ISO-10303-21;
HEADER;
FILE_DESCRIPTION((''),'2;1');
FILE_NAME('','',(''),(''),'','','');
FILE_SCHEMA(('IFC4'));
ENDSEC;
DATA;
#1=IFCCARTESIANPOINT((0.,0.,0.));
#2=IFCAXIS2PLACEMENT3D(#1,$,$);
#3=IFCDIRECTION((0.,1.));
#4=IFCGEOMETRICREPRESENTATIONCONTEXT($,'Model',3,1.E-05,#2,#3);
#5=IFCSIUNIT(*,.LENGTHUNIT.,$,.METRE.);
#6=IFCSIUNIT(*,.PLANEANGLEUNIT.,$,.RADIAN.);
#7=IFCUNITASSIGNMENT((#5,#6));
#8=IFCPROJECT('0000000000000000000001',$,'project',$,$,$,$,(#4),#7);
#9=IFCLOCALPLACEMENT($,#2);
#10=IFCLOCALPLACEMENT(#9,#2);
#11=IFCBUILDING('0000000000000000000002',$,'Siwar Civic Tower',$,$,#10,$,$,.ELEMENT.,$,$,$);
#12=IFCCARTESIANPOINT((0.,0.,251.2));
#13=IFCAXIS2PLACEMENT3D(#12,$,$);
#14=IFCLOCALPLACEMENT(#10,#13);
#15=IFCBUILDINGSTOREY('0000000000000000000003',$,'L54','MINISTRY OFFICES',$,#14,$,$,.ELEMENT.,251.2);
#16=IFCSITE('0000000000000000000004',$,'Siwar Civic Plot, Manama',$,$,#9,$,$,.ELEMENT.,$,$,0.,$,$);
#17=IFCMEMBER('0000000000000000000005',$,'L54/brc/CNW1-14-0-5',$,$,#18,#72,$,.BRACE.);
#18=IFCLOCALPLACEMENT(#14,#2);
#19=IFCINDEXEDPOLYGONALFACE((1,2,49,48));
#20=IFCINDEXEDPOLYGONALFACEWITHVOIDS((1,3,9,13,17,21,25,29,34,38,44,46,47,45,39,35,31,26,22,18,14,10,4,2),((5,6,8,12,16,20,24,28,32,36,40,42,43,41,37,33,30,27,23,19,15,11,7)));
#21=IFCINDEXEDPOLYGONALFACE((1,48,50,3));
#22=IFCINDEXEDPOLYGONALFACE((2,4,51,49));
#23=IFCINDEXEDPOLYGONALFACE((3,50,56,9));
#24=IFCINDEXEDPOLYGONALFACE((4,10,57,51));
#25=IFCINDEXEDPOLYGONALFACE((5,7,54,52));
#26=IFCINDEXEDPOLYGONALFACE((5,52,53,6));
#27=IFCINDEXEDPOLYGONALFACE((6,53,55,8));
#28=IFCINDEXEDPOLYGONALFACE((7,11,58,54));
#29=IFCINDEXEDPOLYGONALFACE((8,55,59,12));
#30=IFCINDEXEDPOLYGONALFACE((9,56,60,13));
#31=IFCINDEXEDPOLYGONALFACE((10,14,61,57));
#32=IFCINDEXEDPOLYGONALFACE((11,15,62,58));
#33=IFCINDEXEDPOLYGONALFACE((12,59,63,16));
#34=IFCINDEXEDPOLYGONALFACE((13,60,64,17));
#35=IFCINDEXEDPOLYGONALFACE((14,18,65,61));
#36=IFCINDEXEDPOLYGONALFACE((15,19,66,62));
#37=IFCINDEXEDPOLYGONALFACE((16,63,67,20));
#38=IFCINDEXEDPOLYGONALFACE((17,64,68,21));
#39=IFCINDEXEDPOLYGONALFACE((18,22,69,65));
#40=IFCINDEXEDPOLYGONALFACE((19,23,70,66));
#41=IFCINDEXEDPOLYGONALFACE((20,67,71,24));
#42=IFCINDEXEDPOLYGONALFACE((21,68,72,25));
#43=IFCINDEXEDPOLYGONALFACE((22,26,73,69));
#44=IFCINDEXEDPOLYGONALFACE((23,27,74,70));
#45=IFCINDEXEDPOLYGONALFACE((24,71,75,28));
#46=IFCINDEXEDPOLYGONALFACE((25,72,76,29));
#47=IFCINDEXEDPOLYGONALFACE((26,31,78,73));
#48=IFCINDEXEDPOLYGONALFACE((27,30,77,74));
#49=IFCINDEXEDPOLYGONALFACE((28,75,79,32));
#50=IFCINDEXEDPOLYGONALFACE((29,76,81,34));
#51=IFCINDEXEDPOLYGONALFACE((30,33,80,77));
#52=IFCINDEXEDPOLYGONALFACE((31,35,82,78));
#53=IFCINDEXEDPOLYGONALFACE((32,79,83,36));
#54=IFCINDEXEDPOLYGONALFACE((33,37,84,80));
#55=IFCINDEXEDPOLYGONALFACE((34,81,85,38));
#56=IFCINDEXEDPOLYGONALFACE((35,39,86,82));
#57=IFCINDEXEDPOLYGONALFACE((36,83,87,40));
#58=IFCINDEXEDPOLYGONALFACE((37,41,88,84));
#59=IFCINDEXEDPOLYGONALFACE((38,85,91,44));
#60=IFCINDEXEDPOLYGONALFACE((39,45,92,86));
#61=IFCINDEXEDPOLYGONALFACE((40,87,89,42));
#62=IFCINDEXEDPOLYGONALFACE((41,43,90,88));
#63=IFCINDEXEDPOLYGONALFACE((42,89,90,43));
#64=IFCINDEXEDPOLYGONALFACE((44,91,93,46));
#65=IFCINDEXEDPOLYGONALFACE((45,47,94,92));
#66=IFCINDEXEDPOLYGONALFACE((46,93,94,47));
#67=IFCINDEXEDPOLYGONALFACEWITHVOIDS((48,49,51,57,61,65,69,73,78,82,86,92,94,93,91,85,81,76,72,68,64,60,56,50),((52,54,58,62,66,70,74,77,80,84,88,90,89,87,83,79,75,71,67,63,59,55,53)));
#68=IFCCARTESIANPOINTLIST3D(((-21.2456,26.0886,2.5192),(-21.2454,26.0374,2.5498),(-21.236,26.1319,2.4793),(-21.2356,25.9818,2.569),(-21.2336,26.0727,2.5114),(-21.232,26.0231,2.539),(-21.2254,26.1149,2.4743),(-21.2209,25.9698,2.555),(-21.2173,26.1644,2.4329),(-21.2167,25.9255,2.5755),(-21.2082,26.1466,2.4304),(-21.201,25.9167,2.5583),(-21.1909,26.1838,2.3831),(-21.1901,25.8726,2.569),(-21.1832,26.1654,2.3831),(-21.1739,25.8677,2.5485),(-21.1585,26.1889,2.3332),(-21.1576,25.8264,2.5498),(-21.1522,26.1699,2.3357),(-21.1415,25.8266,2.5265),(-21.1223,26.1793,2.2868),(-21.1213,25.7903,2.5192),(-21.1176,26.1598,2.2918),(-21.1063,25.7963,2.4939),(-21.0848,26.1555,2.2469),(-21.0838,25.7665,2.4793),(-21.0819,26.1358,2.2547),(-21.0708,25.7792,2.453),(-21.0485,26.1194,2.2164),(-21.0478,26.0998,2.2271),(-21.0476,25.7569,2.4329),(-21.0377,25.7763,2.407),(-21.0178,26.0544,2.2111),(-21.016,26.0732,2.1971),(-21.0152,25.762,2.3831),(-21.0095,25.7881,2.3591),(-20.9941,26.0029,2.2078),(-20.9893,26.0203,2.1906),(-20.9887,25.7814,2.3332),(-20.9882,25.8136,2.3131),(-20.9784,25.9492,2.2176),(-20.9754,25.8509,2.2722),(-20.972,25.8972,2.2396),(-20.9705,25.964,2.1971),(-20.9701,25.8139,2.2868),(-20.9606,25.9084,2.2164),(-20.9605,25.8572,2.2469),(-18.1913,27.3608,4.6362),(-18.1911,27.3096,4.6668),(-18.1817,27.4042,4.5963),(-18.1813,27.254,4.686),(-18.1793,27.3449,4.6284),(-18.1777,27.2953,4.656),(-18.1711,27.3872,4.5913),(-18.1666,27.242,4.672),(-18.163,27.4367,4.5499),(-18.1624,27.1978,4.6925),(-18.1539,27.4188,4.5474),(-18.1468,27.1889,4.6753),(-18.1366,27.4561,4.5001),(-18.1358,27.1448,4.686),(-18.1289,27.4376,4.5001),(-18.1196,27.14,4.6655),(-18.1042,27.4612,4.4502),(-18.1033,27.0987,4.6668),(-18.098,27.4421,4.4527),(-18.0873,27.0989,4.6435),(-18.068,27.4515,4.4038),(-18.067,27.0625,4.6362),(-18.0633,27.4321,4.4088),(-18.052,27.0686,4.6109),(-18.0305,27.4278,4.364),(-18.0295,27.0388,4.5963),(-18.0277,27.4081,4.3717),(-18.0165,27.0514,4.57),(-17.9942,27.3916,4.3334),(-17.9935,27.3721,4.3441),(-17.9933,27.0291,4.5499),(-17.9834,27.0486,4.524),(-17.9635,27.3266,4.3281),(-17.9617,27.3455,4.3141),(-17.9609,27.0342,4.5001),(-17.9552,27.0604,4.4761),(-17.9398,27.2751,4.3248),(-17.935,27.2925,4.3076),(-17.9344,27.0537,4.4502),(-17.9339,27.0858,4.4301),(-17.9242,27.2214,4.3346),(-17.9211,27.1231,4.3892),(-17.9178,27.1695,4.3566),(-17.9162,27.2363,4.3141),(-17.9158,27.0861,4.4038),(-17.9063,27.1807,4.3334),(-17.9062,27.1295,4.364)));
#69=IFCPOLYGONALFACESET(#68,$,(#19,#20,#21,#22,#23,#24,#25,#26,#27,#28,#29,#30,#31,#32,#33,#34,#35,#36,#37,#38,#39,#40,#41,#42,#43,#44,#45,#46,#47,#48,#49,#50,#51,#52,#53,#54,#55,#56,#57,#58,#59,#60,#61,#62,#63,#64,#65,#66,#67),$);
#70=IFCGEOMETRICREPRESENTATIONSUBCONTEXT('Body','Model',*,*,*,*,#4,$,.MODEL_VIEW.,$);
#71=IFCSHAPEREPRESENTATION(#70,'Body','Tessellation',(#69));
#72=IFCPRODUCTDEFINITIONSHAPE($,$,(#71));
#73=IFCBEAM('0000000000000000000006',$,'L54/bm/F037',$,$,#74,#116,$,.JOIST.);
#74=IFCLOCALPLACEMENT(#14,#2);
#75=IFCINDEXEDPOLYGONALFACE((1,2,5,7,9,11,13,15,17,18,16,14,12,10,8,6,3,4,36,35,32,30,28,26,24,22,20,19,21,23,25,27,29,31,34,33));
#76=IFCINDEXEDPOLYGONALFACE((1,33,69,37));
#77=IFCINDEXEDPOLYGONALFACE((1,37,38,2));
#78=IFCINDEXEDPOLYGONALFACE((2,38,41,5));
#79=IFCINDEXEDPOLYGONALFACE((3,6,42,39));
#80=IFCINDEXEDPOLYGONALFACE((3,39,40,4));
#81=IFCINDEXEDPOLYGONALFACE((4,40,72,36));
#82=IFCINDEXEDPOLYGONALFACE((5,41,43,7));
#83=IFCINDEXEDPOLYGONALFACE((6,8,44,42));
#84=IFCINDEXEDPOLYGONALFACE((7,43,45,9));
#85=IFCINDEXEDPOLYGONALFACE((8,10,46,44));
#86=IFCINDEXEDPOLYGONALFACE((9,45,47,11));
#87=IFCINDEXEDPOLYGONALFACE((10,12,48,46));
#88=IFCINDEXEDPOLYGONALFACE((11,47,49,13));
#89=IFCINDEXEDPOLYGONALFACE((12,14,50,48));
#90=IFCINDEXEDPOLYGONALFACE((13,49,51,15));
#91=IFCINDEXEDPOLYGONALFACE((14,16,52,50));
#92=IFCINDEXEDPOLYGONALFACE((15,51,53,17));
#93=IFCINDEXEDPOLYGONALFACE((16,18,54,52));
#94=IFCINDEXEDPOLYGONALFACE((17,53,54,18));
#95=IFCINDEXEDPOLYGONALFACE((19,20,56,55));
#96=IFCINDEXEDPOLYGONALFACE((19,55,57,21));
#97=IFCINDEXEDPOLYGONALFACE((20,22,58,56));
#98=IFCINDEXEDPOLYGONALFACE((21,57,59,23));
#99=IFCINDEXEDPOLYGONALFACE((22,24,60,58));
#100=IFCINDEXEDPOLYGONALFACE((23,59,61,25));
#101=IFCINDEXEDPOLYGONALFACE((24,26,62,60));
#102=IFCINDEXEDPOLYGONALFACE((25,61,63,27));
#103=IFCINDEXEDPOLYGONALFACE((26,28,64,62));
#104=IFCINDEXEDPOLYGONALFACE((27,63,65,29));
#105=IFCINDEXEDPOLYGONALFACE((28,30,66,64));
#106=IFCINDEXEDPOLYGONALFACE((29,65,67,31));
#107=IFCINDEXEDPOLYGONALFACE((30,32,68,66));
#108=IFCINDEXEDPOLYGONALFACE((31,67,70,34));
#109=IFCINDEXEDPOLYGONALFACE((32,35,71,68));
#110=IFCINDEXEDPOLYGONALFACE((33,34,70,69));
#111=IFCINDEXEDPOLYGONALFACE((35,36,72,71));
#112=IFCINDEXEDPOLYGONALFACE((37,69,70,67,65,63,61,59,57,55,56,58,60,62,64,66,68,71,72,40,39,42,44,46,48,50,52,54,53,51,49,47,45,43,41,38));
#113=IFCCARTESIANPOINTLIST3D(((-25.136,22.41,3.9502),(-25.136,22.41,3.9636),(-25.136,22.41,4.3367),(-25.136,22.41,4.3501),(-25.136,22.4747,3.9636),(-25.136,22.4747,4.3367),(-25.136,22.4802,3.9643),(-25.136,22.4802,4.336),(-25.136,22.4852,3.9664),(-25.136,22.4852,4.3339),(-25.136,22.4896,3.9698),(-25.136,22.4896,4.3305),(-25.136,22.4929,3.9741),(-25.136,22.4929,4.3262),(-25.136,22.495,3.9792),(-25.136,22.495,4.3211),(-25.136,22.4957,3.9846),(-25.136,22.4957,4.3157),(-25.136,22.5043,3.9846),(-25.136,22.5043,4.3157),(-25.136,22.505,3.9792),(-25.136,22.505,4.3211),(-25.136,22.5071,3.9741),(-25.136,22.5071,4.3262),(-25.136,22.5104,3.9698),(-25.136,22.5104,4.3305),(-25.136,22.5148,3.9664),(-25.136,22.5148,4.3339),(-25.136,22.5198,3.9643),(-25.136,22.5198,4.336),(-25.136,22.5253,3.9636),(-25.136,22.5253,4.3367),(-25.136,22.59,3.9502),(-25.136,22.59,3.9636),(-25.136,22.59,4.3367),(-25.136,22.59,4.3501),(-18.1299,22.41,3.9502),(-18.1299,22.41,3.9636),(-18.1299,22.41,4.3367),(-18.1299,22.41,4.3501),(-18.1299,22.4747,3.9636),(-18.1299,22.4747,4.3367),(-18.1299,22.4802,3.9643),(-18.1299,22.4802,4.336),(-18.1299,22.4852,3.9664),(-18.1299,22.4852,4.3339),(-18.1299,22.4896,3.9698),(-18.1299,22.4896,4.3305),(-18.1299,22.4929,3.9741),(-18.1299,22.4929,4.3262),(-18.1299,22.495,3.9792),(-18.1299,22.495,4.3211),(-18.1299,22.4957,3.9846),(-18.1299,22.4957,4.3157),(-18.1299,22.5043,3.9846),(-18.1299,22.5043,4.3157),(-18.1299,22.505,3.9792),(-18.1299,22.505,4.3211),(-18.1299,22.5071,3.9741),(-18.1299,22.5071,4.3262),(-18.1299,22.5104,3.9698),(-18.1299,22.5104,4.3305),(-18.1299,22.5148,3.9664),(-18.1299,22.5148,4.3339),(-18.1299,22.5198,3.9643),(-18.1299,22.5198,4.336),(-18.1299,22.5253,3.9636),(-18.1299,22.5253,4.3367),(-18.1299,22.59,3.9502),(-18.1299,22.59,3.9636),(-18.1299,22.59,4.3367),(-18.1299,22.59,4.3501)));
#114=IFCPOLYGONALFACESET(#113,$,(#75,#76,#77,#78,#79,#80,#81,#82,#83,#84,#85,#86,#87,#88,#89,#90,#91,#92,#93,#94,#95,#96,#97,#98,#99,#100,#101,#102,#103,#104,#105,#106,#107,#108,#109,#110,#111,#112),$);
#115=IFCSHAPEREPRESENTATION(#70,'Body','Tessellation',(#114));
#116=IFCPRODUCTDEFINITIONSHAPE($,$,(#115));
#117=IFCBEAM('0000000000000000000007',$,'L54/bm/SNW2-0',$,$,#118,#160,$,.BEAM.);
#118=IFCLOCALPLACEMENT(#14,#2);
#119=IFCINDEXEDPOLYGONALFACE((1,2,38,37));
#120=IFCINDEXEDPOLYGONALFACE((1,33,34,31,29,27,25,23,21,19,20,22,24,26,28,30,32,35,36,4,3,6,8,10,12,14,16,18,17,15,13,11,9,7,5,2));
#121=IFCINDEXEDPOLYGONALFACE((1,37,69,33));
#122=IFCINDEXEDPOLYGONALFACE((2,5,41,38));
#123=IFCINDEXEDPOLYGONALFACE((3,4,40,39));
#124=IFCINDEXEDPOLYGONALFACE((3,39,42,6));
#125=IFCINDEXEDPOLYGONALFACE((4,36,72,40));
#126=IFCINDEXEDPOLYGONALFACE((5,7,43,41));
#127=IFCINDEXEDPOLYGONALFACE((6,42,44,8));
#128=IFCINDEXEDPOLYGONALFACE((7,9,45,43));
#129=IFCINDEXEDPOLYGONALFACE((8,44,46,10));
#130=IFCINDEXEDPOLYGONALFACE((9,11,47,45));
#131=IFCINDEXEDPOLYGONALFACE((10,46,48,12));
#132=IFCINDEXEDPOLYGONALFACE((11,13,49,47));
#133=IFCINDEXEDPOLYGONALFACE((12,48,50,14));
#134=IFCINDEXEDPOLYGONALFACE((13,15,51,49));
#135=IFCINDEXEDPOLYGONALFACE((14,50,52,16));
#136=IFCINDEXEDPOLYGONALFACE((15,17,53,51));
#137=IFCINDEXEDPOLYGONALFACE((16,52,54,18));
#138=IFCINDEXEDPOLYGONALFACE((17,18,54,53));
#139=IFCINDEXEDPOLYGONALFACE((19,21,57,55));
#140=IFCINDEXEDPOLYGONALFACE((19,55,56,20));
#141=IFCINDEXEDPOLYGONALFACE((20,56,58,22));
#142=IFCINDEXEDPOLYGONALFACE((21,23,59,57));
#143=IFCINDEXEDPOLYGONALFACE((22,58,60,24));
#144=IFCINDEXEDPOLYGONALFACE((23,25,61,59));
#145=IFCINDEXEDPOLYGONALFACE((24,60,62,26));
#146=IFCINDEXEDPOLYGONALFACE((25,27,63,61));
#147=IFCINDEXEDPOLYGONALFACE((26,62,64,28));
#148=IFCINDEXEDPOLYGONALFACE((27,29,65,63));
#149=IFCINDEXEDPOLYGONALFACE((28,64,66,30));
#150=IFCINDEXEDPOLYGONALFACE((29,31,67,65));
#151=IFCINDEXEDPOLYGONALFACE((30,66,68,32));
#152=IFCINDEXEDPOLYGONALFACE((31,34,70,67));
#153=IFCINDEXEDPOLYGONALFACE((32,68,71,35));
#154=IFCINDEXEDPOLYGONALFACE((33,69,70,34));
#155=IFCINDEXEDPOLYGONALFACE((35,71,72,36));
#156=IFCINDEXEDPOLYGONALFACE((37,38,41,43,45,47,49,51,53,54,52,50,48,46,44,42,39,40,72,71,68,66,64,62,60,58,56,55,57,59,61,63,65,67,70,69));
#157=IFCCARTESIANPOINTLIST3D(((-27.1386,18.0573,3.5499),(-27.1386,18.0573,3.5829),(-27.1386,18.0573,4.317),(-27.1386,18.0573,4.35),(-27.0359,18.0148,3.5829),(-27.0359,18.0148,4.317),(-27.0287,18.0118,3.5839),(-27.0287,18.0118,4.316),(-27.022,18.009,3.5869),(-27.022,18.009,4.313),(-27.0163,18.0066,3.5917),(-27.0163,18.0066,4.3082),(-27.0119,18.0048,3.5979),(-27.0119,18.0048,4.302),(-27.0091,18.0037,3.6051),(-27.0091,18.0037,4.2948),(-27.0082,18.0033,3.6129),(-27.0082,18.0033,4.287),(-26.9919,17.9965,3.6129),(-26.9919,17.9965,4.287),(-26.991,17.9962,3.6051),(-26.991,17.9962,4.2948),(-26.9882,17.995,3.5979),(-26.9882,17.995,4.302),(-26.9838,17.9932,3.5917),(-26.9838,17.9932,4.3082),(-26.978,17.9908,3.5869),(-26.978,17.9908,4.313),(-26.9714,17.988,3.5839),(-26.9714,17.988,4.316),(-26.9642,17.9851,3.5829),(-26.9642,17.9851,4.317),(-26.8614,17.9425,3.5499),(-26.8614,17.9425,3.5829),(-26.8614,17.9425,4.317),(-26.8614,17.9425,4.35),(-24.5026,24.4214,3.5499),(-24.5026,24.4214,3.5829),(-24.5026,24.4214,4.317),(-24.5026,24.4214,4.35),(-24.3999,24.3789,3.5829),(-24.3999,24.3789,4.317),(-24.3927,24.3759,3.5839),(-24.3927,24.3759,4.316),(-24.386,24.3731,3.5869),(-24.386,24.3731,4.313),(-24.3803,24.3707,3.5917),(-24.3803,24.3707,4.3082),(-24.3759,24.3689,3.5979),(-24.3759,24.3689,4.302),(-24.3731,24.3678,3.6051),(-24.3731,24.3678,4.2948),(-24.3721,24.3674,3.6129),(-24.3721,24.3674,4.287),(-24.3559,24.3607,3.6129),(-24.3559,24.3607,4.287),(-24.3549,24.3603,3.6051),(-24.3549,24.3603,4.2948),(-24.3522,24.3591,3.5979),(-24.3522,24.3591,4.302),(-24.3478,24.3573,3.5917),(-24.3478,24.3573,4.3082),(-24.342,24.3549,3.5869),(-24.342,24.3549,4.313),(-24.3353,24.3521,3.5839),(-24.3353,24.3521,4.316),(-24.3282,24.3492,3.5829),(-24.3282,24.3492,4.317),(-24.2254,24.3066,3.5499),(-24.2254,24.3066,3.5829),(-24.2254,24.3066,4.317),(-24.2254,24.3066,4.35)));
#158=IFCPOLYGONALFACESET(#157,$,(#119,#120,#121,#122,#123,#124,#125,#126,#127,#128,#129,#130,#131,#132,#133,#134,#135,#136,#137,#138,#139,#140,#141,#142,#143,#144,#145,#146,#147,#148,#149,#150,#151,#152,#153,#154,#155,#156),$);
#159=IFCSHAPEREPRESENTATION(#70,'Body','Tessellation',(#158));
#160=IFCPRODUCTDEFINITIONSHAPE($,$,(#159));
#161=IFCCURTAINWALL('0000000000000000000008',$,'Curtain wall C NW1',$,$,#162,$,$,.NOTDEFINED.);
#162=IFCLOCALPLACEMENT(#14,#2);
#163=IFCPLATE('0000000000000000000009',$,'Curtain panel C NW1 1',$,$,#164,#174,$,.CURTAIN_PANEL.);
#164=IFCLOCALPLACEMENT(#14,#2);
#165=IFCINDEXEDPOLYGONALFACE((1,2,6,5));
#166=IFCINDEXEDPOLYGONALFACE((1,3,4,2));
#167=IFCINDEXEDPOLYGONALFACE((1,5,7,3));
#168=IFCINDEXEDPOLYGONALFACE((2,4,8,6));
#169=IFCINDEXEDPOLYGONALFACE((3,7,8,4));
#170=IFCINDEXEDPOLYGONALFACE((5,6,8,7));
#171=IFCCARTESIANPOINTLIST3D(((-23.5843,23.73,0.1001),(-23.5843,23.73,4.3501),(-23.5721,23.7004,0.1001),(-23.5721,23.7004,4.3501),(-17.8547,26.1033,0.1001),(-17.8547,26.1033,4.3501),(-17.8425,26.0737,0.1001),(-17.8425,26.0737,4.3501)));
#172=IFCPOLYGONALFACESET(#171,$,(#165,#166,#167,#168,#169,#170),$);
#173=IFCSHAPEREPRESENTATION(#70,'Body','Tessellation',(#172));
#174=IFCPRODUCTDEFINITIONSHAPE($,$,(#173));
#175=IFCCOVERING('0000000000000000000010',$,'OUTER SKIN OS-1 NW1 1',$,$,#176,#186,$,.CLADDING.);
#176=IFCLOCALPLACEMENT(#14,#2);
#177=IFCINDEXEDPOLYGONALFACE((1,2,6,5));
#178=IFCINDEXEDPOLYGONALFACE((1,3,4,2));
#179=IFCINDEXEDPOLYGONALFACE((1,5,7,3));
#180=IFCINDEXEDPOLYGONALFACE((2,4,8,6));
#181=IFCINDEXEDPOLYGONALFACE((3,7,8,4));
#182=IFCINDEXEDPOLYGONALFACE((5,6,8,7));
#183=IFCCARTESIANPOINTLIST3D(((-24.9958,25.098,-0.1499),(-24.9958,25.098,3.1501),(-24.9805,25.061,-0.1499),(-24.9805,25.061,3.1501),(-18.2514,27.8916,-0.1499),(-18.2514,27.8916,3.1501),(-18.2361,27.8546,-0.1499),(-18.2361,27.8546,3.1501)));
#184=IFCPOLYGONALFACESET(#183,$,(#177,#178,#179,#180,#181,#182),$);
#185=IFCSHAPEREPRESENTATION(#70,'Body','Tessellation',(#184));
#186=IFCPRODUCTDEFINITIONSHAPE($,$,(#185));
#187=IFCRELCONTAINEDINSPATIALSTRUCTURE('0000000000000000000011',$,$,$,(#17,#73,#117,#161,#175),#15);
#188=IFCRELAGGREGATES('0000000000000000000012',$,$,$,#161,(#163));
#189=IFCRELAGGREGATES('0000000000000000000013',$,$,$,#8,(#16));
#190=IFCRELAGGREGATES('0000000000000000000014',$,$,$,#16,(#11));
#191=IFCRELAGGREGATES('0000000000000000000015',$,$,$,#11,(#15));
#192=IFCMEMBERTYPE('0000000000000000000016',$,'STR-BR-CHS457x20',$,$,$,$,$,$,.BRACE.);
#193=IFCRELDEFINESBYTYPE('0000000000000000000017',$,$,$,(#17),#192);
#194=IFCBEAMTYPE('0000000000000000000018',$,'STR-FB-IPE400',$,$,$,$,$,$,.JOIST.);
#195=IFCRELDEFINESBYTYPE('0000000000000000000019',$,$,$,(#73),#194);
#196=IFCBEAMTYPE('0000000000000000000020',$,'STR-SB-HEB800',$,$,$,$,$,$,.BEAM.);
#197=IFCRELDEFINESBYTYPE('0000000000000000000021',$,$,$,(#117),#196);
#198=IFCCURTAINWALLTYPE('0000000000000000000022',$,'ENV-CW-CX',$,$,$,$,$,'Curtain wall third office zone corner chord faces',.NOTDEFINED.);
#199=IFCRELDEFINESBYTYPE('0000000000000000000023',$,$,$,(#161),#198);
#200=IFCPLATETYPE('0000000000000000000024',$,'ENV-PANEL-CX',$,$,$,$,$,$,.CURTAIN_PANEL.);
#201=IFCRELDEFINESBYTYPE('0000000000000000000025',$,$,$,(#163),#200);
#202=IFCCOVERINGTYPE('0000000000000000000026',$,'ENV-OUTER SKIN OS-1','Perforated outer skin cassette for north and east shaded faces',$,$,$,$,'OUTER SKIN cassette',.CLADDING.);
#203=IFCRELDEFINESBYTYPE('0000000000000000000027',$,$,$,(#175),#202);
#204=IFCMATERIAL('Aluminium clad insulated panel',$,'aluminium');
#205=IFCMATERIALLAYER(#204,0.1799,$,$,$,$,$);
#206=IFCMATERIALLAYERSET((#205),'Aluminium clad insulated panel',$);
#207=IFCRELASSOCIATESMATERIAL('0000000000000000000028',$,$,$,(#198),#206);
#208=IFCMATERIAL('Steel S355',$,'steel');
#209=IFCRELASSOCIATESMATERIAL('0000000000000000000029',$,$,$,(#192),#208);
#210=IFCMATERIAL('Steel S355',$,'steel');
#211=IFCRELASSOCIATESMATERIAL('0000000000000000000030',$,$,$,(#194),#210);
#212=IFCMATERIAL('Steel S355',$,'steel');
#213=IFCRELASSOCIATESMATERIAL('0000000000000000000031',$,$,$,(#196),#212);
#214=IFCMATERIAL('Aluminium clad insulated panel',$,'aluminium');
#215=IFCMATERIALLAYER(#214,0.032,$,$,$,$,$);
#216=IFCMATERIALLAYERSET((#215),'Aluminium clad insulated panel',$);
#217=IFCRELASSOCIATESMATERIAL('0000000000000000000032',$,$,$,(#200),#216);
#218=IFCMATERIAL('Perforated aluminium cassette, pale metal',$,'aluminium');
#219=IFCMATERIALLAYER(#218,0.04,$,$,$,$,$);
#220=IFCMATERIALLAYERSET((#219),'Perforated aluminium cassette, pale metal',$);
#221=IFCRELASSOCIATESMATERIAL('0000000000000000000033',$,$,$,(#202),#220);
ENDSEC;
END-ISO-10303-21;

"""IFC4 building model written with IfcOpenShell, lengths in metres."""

from ifc_helpers import new_model, si_unit, direction, frame, origin, origin_2d, place, context, subcontext, project, spatial, rectangle, hollow_circle, i_section, extrude, material, layer, layer_set, material_profile, profile_set, type_object, element, aggregate, save


model = new_model("IFC4")

# Units and contexts
model_context = context("Model", 3, precision=1e-05, world=origin(), true_north=direction((0.0, 1.0)))
body_context = subcontext(model_context, "Body", "Model", "MODEL_VIEW")
ifc_project = project(units=[si_unit("LENGTHUNIT", "METRE"), si_unit("PLANEANGLEUNIT", "RADIAN")], contexts=[model_context])

# Site, building, storey
site_placement = place(None, origin())
site = spatial("IfcSite", under=ifc_project, at=site_placement, Name="Siwar Civic Plot, Manama", CompositionType="ELEMENT", RefElevation=0.0)
building_placement = place(site_placement, origin())
building = spatial("IfcBuilding", under=site, at=building_placement, Name="Siwar Civic Tower", CompositionType="ELEMENT")
storey_placement = place(building_placement, frame((0.0, 0.0, 251.2)))
storey = spatial("IfcBuildingStorey", under=building, at=storey_placement, Name="L54", Description="MINISTRY OFFICES", CompositionType="ELEMENT", Elevation=251.2)

# Shared definitions
ifc_material_1 = material(Name="Aluminium clad insulated panel", Category="aluminium")
ifc_layer_1 = layer(ifc_material_1, 0.1799)
ifc_layer_set_1 = layer_set([ifc_layer_1], Name="Aluminium clad insulated panel")
curtain_wall_type = type_object("IfcCurtainWallType", Name="ENV-CW-CX", ElementType="Curtain wall third office zone corner chord faces", PredefinedType="NOTDEFINED", material=ifc_layer_set_1)

# Member
ifc_material_2 = material(Name="Steel S355", Category="steel")
ifc_material_profile_1 = material_profile(ifc_material_2, hollow_circle(Radius=0.2285, WallThickness=0.02, at=origin_2d()), Name="CHS457x20")
ifc_profile_set_1 = profile_set([ifc_material_profile_1], Name="Steel S355")
member_type_1 = type_object("IfcMemberType", Name="STR-BR-CHS457x20", PredefinedType="BRACE", material=ifc_profile_set_1)
for number, where, z_axis, x_axis, name in (
    (1, (-21.103, 25.9729, 2.3831), (0.777572, 0.323895, 0.538955), (-0.384521, 0.923116, 0.0), "L54/brc/CNW1-14-0-5"),
):
    element("IfcMember", number, at=place(storey_placement, frame(where, z_axis=z_axis, x_axis=x_axis)), inside=storey, type_object=member_type_1, Name=name, PredefinedType="BRACE", context=body_context, shape_type="SweptSolid", body=[
        extrude(hollow_circle(Radius=0.2285, WallThickness=0.02, at=origin_2d()), origin(), (0.0, 0.0, 1.0), 3.928),
    ])

# Beams
ifc_material_3 = material(Name="Steel S355", Category="steel")
ifc_material_profile_2 = material_profile(ifc_material_3, i_section(OverallWidth=0.1799, OverallDepth=0.3999, WebThickness=0.0085, FlangeThickness=0.0134, FilletRadius=0.021, at=origin_2d()), Name="IPE400")
ifc_profile_set_2 = profile_set([ifc_material_profile_2], Name="Steel S355")
beam_type_1 = type_object("IfcBeamType", Name="STR-FB-IPE400", PredefinedType="JOIST", material=ifc_profile_set_2)
beam_1_placement = place(storey_placement, frame((-25.136, 22.5, 4.1501), z_axis=(1.0, 0.0, 0.0), x_axis=(0.0, 1.0, 0.0)))
element("IfcBeam", 2, at=beam_1_placement, inside=storey, type_object=beam_type_1, Name="L54/bm/F037", PredefinedType="JOIST", context=body_context, shape_type="SweptSolid", body=[
    extrude(i_section(OverallWidth=0.1799, OverallDepth=0.3999, WebThickness=0.0085, FlangeThickness=0.0134, FilletRadius=0.021, at=origin_2d()), origin(), (0.0, 0.0, 1.0), 7.0061),
])
ifc_material_4 = material(Name="Steel S355", Category="steel")
ifc_material_profile_3 = material_profile(ifc_material_4, i_section(OverallWidth=0.3, OverallDepth=0.8, WebThickness=0.0176, FlangeThickness=0.033, FilletRadius=0.03, at=origin_2d()), Name="HEB800")
ifc_profile_set_3 = profile_set([ifc_material_profile_3], Name="Steel S355")
beam_type_2 = type_object("IfcBeamType", Name="STR-SB-HEB800", PredefinedType="BEAM", material=ifc_profile_set_3)
beam_2_placement = place(storey_placement, frame((-24.364, 24.364, 3.95), z_axis=(-0.382674, -0.923883, 0.0), x_axis=(0.923883, -0.382674, 0.0)))
element("IfcBeam", 3, at=beam_2_placement, inside=storey, type_object=beam_type_2, Name="L54/bm/SNW2-0", PredefinedType="BEAM", context=body_context, shape_type="SweptSolid", body=[
    extrude(i_section(OverallWidth=0.3, OverallDepth=0.8, WebThickness=0.0176, FlangeThickness=0.033, FilletRadius=0.03, at=origin_2d()), origin(), (0.0, 0.0, 1.0), 6.8884),
])

# Curtain wall, plate
curtain_wall_1_placement = place(storey_placement, origin())
curtain_wall_1 = element("IfcCurtainWall", 4, at=curtain_wall_1_placement, inside=storey, type_object=curtain_wall_type, Name="Curtain wall C NW1", PredefinedType="NOTDEFINED")
ifc_material_5 = material(Name="Aluminium clad insulated panel", Category="aluminium")
ifc_layer_2 = layer(ifc_material_5, 0.032)
ifc_layer_set_2 = layer_set([ifc_layer_2], Name="Aluminium clad insulated panel")
plate_type = type_object("IfcPlateType", Name="ENV-PANEL-CX", PredefinedType="CURTAIN_PANEL", material=ifc_layer_set_2)
plate_placement = place(storey_placement, frame((-20.7134, 24.9019, 0.1001), z_axis=(0.0, 0.0, 1.0), x_axis=(-0.92388, -0.382683, 0.0)))
plate = element("IfcPlate", 5, at=plate_placement, type_object=plate_type, Name="Curtain panel C NW1 1", PredefinedType="CURTAIN_PANEL", context=body_context, shape_type="SweptSolid", body=[
    extrude(rectangle(XDim=6.2017, YDim=0.032, at=origin_2d()), origin(), (0.0, 0.0, 1.0), 4.25),
])
aggregate(curtain_wall_1, [plate])

# Covering
ifc_material_6 = material(Name="Perforated aluminium cassette, pale metal", Category="aluminium")
ifc_layer_3 = layer(ifc_material_6, 0.04)
ifc_layer_set_3 = layer_set([ifc_layer_3], Name="Perforated aluminium cassette, pale metal")
covering_type_1 = type_object("IfcCoveringType", Name="ENV-OUTER SKIN OS-1", Description="Perforated outer skin cassette for north and east shaded faces", ElementType="OUTER SKIN cassette", PredefinedType="CLADDING", material=ifc_layer_set_3)
covering_1_placement = place(storey_placement, frame((-21.616, 26.4763, -0.1499), z_axis=(0.0, 0.0, 1.0), x_axis=(-0.92388, -0.382683, 0.0)))
element("IfcCovering", 6, at=covering_1_placement, inside=storey, type_object=covering_type_1, Name="OUTER SKIN OS-1 NW1 1", PredefinedType="CLADDING", context=body_context, shape_type="SweptSolid", body=[
    extrude(rectangle(XDim=7.3, YDim=0.04, at=origin_2d()), origin(), (0.0, 0.0, 1.0), 3.3),
])

save(model, "model.ifc")
